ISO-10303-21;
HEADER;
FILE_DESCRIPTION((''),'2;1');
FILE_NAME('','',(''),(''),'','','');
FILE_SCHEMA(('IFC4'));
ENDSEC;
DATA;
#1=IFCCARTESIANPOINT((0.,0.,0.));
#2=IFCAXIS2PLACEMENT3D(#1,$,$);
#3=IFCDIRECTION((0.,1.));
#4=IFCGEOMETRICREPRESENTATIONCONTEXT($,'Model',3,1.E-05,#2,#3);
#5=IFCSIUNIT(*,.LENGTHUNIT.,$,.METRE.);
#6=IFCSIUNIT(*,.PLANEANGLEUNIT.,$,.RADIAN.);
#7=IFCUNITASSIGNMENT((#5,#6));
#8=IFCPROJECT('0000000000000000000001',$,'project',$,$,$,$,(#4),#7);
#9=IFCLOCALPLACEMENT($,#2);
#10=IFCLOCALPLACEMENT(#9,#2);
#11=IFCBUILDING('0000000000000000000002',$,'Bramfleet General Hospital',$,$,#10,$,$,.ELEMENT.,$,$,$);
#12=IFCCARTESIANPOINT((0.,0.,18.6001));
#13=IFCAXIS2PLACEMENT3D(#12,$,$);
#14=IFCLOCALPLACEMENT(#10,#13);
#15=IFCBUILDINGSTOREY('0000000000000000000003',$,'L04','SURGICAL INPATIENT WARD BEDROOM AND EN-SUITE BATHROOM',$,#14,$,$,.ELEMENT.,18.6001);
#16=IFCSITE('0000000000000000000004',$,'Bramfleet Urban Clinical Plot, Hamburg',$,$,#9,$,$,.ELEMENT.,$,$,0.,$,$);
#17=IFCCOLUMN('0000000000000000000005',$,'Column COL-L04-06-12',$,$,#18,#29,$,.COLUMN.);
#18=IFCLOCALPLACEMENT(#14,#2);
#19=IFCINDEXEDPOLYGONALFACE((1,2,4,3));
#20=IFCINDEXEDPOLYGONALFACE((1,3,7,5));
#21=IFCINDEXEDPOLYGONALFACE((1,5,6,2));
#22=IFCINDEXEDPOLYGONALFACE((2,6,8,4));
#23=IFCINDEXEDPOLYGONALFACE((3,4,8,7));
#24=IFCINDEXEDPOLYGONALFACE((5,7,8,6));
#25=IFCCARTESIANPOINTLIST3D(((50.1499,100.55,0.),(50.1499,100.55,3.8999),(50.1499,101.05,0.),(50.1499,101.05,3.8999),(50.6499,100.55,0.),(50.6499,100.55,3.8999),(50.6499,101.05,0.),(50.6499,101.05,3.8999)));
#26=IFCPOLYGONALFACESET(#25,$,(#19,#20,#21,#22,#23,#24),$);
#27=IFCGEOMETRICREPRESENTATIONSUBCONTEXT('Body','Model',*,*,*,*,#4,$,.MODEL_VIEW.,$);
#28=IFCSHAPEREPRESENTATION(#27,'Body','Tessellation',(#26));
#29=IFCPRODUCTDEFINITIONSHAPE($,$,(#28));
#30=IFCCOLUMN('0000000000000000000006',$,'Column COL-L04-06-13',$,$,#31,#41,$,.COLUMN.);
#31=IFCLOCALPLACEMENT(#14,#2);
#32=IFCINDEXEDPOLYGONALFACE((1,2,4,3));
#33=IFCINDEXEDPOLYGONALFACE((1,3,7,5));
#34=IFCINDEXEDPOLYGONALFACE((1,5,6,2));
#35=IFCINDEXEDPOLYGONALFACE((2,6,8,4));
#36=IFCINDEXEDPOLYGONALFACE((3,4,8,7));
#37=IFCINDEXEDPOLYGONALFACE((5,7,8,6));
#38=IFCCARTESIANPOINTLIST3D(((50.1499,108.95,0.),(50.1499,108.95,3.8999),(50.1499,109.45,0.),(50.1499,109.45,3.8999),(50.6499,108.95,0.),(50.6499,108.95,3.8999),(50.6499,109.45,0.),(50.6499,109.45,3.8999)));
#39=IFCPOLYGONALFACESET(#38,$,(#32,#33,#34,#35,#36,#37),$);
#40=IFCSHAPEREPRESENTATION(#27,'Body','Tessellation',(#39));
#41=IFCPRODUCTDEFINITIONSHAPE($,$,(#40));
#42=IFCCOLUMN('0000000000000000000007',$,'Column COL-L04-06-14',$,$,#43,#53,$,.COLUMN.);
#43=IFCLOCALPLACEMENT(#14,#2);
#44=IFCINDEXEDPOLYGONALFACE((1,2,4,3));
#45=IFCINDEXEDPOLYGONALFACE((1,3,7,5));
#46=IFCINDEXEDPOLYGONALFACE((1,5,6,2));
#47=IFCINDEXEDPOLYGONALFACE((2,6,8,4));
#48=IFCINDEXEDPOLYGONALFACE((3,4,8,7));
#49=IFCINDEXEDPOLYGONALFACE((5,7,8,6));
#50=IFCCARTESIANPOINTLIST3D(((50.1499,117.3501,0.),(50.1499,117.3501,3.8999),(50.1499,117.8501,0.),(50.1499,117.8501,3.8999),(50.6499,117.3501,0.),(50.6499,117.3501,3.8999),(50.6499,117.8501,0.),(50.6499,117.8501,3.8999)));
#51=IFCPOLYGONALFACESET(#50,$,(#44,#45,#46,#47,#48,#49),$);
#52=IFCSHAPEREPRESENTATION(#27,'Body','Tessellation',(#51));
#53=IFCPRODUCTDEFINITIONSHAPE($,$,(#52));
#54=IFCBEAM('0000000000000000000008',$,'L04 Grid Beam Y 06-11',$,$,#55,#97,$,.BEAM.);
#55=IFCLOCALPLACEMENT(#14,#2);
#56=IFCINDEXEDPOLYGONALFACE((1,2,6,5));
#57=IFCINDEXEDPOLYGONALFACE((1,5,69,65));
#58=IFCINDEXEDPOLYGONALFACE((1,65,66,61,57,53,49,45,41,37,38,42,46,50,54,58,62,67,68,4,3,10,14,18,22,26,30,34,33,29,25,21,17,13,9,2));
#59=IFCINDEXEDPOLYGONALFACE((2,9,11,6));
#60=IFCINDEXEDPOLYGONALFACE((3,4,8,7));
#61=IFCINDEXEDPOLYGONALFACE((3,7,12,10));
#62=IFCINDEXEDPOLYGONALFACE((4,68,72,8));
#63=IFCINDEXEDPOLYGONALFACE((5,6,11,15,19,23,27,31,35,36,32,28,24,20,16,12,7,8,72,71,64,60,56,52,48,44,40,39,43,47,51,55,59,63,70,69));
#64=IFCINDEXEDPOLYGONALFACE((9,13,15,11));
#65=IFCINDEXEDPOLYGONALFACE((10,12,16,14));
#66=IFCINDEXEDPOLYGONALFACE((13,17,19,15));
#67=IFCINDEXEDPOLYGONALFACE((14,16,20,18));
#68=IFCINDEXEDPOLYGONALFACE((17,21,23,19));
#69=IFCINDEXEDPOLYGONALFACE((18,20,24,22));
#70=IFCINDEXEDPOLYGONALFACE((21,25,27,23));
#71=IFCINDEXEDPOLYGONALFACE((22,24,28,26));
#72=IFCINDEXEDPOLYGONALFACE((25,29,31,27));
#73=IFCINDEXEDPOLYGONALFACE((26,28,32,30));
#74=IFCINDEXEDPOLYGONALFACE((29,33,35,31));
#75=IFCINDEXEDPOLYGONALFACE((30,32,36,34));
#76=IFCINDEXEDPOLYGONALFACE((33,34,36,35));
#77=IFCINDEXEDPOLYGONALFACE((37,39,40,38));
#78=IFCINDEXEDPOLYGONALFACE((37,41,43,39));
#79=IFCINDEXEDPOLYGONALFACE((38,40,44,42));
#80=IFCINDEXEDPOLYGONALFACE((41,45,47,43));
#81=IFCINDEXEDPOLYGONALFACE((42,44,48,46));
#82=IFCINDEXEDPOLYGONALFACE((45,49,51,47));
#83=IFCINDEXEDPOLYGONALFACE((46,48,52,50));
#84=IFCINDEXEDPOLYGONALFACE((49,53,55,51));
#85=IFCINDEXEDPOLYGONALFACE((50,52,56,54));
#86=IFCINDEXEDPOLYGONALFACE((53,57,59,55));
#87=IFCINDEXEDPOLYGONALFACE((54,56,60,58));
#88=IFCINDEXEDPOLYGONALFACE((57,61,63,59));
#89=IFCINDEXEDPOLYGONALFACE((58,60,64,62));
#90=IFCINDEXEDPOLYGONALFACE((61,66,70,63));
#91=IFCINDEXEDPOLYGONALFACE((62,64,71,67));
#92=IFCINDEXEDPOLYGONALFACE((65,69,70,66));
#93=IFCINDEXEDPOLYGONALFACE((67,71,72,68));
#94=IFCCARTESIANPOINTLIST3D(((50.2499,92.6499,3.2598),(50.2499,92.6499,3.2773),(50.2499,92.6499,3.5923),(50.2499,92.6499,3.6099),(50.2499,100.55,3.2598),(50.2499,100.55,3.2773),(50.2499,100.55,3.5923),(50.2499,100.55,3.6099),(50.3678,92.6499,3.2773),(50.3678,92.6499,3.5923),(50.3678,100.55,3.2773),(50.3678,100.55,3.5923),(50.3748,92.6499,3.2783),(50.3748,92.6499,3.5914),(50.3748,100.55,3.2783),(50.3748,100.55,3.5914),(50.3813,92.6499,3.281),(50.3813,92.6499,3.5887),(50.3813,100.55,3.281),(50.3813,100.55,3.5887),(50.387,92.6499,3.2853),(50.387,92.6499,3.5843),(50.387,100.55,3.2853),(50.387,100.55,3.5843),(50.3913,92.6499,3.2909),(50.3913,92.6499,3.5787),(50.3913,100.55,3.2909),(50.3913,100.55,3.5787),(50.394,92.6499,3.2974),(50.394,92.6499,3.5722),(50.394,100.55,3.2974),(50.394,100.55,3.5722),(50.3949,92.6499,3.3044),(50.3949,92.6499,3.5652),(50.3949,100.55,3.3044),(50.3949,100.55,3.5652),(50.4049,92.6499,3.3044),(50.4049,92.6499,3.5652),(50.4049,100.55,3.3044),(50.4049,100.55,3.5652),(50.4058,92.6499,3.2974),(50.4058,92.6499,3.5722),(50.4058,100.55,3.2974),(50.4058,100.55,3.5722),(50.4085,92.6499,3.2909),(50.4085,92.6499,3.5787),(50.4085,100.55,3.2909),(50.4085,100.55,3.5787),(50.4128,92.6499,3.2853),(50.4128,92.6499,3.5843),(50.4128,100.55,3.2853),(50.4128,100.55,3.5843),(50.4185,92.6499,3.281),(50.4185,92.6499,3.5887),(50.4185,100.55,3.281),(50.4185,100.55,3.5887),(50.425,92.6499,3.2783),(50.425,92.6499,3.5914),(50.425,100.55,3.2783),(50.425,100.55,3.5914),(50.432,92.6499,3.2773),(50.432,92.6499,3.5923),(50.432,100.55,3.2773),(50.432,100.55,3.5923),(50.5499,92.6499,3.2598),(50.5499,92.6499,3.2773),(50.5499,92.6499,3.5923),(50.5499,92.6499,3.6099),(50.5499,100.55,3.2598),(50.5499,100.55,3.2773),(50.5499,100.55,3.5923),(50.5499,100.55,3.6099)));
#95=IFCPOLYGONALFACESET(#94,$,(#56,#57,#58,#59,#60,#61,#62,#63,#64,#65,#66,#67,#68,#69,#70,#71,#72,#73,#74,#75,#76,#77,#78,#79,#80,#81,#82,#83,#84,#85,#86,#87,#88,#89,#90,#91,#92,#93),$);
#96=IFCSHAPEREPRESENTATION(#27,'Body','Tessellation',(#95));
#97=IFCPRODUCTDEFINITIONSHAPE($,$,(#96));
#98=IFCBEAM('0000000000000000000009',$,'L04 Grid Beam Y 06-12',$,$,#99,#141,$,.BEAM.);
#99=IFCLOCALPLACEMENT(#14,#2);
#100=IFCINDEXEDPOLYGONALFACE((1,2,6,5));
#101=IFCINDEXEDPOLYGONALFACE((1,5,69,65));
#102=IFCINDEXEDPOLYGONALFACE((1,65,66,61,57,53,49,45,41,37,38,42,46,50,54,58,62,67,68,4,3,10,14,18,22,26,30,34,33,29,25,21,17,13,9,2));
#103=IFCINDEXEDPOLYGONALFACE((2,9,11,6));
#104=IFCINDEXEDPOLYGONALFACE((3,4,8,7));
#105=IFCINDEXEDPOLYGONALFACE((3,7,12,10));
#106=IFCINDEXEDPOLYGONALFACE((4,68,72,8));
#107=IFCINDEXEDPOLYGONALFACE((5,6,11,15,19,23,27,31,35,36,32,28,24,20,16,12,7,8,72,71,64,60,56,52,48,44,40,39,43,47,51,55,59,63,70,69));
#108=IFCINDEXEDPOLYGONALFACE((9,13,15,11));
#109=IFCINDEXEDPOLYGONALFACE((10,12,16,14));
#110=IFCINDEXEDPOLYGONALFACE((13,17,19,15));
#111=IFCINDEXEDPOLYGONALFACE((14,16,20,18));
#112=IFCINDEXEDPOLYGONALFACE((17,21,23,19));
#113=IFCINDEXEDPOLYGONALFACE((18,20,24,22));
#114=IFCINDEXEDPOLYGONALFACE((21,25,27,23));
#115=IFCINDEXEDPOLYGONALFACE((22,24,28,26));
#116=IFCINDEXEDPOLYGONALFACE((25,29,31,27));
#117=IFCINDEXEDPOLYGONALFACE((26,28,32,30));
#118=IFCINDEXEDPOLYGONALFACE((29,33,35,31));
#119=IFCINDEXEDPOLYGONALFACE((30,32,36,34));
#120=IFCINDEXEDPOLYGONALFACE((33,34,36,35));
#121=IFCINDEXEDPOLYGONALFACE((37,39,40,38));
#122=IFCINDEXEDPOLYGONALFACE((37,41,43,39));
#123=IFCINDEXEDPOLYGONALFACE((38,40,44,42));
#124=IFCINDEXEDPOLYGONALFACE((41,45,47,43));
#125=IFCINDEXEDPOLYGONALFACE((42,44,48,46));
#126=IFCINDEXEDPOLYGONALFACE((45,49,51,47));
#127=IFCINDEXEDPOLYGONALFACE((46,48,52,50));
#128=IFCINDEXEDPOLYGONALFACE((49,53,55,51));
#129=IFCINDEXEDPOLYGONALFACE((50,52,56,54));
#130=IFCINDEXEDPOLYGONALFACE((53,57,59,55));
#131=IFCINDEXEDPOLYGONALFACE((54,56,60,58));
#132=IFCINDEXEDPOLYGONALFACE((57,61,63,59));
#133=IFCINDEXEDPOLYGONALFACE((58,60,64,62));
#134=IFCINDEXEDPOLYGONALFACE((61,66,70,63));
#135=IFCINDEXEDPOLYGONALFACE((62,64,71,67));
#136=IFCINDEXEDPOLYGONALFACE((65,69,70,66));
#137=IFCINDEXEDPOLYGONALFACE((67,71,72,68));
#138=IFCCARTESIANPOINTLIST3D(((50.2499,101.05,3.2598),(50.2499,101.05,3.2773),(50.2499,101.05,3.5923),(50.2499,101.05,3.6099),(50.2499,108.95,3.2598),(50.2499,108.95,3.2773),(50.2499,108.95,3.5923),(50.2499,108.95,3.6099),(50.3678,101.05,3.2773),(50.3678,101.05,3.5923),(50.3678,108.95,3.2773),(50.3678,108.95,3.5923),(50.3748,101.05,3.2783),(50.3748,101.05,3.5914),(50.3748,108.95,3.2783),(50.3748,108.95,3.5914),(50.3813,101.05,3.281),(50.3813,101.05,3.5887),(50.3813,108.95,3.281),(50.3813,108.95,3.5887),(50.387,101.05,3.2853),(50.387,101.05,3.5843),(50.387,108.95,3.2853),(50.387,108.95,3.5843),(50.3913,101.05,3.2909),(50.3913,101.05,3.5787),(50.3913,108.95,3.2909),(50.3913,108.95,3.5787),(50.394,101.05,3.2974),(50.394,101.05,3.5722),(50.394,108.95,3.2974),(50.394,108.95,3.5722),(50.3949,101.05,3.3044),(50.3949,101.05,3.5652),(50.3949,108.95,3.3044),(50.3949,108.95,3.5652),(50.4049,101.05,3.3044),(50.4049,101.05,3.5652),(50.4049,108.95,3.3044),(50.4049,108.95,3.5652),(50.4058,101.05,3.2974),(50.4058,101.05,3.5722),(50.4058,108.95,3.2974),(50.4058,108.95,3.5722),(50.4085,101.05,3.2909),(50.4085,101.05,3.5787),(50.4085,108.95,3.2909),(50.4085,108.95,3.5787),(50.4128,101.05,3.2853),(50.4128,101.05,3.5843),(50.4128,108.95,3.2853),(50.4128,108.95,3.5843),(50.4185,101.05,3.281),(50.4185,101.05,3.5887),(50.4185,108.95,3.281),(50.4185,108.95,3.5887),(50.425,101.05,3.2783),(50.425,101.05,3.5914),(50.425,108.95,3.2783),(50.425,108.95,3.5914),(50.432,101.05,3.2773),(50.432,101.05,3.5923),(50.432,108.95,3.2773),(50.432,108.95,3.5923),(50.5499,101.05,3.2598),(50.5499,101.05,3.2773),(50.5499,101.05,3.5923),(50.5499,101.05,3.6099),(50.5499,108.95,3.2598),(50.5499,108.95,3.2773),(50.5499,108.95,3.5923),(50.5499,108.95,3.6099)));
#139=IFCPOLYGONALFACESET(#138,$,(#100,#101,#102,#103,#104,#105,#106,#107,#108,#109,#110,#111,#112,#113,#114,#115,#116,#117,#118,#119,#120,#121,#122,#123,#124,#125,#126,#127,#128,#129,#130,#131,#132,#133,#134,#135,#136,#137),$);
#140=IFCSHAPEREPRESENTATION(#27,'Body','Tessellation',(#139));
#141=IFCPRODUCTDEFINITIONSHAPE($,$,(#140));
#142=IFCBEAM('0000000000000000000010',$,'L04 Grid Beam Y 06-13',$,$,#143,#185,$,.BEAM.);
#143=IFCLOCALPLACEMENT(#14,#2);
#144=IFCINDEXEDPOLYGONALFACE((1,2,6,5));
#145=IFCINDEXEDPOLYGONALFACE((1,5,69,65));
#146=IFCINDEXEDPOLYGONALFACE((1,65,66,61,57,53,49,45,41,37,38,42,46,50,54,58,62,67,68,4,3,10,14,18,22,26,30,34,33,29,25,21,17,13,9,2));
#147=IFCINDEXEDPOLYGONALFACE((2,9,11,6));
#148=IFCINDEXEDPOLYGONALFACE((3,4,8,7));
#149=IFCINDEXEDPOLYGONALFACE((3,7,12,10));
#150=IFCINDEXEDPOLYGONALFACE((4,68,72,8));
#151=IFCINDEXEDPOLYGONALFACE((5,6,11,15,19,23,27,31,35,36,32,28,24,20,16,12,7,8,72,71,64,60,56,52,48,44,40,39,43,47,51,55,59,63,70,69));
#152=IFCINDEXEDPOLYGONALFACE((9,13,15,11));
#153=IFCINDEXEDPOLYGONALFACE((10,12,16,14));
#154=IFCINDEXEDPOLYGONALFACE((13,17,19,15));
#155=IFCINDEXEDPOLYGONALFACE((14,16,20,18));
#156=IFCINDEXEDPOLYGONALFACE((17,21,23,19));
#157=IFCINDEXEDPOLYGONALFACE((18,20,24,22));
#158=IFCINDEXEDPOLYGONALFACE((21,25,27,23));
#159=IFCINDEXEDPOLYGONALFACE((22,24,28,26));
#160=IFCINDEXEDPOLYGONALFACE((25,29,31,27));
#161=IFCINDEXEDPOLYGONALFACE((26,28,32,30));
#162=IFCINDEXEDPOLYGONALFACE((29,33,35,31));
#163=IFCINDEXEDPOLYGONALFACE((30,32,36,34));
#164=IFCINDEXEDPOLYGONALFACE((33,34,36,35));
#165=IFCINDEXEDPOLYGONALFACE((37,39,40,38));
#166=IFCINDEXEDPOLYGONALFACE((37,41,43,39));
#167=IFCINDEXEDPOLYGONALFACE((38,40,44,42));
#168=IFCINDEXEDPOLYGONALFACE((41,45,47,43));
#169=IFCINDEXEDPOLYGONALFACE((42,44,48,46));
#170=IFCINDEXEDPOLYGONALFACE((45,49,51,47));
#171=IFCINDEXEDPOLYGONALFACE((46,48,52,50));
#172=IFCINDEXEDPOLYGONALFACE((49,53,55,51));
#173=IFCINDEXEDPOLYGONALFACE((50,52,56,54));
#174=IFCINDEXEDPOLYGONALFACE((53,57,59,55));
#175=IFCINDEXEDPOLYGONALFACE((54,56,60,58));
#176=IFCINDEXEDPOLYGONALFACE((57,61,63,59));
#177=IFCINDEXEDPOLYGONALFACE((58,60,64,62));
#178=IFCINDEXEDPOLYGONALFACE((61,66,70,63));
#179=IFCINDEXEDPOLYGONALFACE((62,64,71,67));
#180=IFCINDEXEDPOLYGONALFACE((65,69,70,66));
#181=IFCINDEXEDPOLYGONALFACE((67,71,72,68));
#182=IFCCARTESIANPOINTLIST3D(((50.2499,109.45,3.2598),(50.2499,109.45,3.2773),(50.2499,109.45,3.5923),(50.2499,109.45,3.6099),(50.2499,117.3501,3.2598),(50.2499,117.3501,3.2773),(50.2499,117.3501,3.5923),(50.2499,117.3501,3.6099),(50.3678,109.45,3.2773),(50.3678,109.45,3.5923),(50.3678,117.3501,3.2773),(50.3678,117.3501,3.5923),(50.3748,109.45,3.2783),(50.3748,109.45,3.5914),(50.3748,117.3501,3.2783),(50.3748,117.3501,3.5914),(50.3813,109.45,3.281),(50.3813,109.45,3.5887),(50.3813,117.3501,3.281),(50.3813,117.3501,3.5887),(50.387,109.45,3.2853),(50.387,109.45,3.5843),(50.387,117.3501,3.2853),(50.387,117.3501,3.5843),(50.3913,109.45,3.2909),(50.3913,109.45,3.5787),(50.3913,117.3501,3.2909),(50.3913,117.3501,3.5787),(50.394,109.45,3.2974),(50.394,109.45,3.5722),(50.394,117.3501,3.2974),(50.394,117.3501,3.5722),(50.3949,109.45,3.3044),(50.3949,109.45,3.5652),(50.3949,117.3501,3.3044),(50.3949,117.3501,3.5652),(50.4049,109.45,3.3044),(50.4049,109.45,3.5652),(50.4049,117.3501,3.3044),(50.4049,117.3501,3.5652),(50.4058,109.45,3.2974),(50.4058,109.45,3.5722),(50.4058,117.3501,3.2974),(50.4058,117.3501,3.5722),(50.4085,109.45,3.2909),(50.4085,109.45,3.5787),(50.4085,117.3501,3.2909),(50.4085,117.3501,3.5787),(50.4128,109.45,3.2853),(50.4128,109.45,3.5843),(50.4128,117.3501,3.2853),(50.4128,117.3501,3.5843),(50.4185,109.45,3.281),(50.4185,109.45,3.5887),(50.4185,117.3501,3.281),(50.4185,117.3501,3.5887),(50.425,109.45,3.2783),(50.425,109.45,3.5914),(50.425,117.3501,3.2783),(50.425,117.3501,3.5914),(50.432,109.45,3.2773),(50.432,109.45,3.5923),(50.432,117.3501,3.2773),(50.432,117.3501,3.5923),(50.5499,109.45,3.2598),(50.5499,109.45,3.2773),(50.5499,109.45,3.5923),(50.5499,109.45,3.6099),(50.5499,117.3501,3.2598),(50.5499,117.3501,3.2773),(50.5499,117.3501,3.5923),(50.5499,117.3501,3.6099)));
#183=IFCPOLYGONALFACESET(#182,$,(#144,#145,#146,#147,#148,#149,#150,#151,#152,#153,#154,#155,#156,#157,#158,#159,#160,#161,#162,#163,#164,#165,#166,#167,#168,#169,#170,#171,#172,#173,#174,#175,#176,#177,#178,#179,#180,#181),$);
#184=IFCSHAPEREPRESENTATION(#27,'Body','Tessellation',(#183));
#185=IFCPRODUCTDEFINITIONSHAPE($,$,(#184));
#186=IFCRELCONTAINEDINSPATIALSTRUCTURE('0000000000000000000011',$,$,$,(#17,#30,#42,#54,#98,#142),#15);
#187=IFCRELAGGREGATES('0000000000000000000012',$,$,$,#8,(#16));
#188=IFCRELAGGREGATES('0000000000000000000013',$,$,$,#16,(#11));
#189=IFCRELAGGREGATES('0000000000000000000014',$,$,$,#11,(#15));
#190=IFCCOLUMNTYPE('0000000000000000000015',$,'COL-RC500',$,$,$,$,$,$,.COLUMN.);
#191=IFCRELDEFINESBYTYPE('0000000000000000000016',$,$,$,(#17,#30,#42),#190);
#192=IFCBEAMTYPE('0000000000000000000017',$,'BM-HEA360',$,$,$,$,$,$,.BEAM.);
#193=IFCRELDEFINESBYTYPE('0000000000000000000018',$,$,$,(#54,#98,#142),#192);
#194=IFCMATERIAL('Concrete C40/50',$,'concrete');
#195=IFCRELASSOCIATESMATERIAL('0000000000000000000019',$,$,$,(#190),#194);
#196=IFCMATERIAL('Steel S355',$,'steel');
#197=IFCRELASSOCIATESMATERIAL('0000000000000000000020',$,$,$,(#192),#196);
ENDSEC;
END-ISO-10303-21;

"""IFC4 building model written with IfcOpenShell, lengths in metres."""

from ifc_helpers import new_model, si_unit, direction, frame, origin, origin_2d, place, context, subcontext, project, spatial, rectangle, i_section, extrude, material, material_profile, profile_set, type_object, element, save


model = new_model("IFC4")

# Units and contexts
model_context = context("Model", 3, precision=1e-05, world=origin(), true_north=direction((0.0, 1.0)))
body_context = subcontext(model_context, "Body", "Model", "MODEL_VIEW")
ifc_project = project(units=[si_unit("LENGTHUNIT", "METRE"), si_unit("PLANEANGLEUNIT", "RADIAN")], contexts=[model_context])

# Site, building, storey
site_placement = place(None, origin())
site = spatial("IfcSite", under=ifc_project, at=site_placement, Name="Bramfleet Urban Clinical Plot, Hamburg", CompositionType="ELEMENT", RefElevation=0.0)
building_placement = place(site_placement, origin())
building = spatial("IfcBuilding", under=site, at=building_placement, Name="Bramfleet General Hospital", CompositionType="ELEMENT")
storey_placement = place(building_placement, frame((0.0, 0.0, 18.6001)))
storey = spatial("IfcBuildingStorey", under=building, at=storey_placement, Name="L04", Description="SURGICAL INPATIENT WARD BEDROOM AND EN-SUITE BATHROOM", CompositionType="ELEMENT", Elevation=18.6001)

# Columns
ifc_material_1 = material(Name="Concrete C40/50", Category="concrete")
ifc_material_profile_1 = material_profile(ifc_material_1, rectangle(XDim=0.5, YDim=0.5, at=origin_2d()), Name="RC COL 500x500")
ifc_profile_set_1 = profile_set([ifc_material_profile_1], Name="Concrete C40/50")
column_type = type_object("IfcColumnType", Name="COL-RC500", PredefinedType="COLUMN", material=ifc_profile_set_1)
for number, where, z_axis, x_axis, name in (
    (1, (50.3999, 100.8, 0.0), (0.0, 0.0, 1.0), (1.0, 0.0, 0.0), "Column COL-L04-06-12"),
    (2, (50.3999, 109.2, 0.0), (0.0, 0.0, 1.0), (1.0, 0.0, 0.0), "Column COL-L04-06-13"),
    (3, (50.3999, 117.6001, 0.0), (0.0, 0.0, 1.0), (1.0, 0.0, 0.0), "Column COL-L04-06-14"),
):
    element("IfcColumn", number, at=place(storey_placement, frame(where, z_axis=z_axis, x_axis=x_axis)), inside=storey, type_object=column_type, Name=name, PredefinedType="COLUMN", context=body_context, shape_type="SweptSolid", body=[
        extrude(rectangle(XDim=0.5, YDim=0.5, at=origin_2d()), origin(), (0.0, 0.0, 1.0), 3.8999),
    ])

# Beams
ifc_material_2 = material(Name="Steel S355", Category="steel")
ifc_material_profile_2 = material_profile(ifc_material_2, i_section(OverallWidth=0.3, OverallDepth=0.3501, WebThickness=0.01, FlangeThickness=0.0176, FilletRadius=0.0271, at=origin_2d()), Name="HEA 360")
ifc_profile_set_2 = profile_set([ifc_material_profile_2], Name="Steel S355")
beam_type_1 = type_object("IfcBeamType", Name="BM-HEA360", PredefinedType="BEAM", material=ifc_profile_set_2)
beam_1_placement = place(storey_placement, frame((50.3999, 92.6499, 3.4348), z_axis=(0.0, 1.0, 0.0), x_axis=(-1.0, 0.0, 0.0)))
element("IfcBeam", 4, at=beam_1_placement, inside=storey, type_object=beam_type_1, Name="L04 Grid Beam Y 06-11", PredefinedType="BEAM", context=body_context, shape_type="SweptSolid", body=[
    extrude(i_section(OverallWidth=0.3, OverallDepth=0.3501, WebThickness=0.01, FlangeThickness=0.0176, FilletRadius=0.0271, at=origin_2d()), origin(), (0.0, 0.0, 1.0), 7.9001),
])
beam_2_placement = place(storey_placement, frame((50.3999, 101.05, 3.4348), z_axis=(0.0, 1.0, 0.0), x_axis=(-1.0, 0.0, 0.0)))
element("IfcBeam", 5, at=beam_2_placement, inside=storey, type_object=beam_type_1, Name="L04 Grid Beam Y 06-12", PredefinedType="BEAM", context=body_context, shape_type="SweptSolid", body=[
    extrude(i_section(OverallWidth=0.3, OverallDepth=0.3501, WebThickness=0.01, FlangeThickness=0.0176, FilletRadius=0.0271, at=origin_2d()), origin(), (0.0, 0.0, 1.0), 7.8999),
])
beam_3_placement = place(storey_placement, frame((50.3999, 109.45, 3.4348), z_axis=(0.0, 1.0, 0.0), x_axis=(-1.0, 0.0, 0.0)))
element("IfcBeam", 6, at=beam_3_placement, inside=storey, type_object=beam_type_1, Name="L04 Grid Beam Y 06-13", PredefinedType="BEAM", context=body_context, shape_type="SweptSolid", body=[
    extrude(i_section(OverallWidth=0.3, OverallDepth=0.3501, WebThickness=0.01, FlangeThickness=0.0176, FilletRadius=0.0271, at=origin_2d()), origin(), (0.0, 0.0, 1.0), 7.9001),
])

save(model, "model.ifc")
